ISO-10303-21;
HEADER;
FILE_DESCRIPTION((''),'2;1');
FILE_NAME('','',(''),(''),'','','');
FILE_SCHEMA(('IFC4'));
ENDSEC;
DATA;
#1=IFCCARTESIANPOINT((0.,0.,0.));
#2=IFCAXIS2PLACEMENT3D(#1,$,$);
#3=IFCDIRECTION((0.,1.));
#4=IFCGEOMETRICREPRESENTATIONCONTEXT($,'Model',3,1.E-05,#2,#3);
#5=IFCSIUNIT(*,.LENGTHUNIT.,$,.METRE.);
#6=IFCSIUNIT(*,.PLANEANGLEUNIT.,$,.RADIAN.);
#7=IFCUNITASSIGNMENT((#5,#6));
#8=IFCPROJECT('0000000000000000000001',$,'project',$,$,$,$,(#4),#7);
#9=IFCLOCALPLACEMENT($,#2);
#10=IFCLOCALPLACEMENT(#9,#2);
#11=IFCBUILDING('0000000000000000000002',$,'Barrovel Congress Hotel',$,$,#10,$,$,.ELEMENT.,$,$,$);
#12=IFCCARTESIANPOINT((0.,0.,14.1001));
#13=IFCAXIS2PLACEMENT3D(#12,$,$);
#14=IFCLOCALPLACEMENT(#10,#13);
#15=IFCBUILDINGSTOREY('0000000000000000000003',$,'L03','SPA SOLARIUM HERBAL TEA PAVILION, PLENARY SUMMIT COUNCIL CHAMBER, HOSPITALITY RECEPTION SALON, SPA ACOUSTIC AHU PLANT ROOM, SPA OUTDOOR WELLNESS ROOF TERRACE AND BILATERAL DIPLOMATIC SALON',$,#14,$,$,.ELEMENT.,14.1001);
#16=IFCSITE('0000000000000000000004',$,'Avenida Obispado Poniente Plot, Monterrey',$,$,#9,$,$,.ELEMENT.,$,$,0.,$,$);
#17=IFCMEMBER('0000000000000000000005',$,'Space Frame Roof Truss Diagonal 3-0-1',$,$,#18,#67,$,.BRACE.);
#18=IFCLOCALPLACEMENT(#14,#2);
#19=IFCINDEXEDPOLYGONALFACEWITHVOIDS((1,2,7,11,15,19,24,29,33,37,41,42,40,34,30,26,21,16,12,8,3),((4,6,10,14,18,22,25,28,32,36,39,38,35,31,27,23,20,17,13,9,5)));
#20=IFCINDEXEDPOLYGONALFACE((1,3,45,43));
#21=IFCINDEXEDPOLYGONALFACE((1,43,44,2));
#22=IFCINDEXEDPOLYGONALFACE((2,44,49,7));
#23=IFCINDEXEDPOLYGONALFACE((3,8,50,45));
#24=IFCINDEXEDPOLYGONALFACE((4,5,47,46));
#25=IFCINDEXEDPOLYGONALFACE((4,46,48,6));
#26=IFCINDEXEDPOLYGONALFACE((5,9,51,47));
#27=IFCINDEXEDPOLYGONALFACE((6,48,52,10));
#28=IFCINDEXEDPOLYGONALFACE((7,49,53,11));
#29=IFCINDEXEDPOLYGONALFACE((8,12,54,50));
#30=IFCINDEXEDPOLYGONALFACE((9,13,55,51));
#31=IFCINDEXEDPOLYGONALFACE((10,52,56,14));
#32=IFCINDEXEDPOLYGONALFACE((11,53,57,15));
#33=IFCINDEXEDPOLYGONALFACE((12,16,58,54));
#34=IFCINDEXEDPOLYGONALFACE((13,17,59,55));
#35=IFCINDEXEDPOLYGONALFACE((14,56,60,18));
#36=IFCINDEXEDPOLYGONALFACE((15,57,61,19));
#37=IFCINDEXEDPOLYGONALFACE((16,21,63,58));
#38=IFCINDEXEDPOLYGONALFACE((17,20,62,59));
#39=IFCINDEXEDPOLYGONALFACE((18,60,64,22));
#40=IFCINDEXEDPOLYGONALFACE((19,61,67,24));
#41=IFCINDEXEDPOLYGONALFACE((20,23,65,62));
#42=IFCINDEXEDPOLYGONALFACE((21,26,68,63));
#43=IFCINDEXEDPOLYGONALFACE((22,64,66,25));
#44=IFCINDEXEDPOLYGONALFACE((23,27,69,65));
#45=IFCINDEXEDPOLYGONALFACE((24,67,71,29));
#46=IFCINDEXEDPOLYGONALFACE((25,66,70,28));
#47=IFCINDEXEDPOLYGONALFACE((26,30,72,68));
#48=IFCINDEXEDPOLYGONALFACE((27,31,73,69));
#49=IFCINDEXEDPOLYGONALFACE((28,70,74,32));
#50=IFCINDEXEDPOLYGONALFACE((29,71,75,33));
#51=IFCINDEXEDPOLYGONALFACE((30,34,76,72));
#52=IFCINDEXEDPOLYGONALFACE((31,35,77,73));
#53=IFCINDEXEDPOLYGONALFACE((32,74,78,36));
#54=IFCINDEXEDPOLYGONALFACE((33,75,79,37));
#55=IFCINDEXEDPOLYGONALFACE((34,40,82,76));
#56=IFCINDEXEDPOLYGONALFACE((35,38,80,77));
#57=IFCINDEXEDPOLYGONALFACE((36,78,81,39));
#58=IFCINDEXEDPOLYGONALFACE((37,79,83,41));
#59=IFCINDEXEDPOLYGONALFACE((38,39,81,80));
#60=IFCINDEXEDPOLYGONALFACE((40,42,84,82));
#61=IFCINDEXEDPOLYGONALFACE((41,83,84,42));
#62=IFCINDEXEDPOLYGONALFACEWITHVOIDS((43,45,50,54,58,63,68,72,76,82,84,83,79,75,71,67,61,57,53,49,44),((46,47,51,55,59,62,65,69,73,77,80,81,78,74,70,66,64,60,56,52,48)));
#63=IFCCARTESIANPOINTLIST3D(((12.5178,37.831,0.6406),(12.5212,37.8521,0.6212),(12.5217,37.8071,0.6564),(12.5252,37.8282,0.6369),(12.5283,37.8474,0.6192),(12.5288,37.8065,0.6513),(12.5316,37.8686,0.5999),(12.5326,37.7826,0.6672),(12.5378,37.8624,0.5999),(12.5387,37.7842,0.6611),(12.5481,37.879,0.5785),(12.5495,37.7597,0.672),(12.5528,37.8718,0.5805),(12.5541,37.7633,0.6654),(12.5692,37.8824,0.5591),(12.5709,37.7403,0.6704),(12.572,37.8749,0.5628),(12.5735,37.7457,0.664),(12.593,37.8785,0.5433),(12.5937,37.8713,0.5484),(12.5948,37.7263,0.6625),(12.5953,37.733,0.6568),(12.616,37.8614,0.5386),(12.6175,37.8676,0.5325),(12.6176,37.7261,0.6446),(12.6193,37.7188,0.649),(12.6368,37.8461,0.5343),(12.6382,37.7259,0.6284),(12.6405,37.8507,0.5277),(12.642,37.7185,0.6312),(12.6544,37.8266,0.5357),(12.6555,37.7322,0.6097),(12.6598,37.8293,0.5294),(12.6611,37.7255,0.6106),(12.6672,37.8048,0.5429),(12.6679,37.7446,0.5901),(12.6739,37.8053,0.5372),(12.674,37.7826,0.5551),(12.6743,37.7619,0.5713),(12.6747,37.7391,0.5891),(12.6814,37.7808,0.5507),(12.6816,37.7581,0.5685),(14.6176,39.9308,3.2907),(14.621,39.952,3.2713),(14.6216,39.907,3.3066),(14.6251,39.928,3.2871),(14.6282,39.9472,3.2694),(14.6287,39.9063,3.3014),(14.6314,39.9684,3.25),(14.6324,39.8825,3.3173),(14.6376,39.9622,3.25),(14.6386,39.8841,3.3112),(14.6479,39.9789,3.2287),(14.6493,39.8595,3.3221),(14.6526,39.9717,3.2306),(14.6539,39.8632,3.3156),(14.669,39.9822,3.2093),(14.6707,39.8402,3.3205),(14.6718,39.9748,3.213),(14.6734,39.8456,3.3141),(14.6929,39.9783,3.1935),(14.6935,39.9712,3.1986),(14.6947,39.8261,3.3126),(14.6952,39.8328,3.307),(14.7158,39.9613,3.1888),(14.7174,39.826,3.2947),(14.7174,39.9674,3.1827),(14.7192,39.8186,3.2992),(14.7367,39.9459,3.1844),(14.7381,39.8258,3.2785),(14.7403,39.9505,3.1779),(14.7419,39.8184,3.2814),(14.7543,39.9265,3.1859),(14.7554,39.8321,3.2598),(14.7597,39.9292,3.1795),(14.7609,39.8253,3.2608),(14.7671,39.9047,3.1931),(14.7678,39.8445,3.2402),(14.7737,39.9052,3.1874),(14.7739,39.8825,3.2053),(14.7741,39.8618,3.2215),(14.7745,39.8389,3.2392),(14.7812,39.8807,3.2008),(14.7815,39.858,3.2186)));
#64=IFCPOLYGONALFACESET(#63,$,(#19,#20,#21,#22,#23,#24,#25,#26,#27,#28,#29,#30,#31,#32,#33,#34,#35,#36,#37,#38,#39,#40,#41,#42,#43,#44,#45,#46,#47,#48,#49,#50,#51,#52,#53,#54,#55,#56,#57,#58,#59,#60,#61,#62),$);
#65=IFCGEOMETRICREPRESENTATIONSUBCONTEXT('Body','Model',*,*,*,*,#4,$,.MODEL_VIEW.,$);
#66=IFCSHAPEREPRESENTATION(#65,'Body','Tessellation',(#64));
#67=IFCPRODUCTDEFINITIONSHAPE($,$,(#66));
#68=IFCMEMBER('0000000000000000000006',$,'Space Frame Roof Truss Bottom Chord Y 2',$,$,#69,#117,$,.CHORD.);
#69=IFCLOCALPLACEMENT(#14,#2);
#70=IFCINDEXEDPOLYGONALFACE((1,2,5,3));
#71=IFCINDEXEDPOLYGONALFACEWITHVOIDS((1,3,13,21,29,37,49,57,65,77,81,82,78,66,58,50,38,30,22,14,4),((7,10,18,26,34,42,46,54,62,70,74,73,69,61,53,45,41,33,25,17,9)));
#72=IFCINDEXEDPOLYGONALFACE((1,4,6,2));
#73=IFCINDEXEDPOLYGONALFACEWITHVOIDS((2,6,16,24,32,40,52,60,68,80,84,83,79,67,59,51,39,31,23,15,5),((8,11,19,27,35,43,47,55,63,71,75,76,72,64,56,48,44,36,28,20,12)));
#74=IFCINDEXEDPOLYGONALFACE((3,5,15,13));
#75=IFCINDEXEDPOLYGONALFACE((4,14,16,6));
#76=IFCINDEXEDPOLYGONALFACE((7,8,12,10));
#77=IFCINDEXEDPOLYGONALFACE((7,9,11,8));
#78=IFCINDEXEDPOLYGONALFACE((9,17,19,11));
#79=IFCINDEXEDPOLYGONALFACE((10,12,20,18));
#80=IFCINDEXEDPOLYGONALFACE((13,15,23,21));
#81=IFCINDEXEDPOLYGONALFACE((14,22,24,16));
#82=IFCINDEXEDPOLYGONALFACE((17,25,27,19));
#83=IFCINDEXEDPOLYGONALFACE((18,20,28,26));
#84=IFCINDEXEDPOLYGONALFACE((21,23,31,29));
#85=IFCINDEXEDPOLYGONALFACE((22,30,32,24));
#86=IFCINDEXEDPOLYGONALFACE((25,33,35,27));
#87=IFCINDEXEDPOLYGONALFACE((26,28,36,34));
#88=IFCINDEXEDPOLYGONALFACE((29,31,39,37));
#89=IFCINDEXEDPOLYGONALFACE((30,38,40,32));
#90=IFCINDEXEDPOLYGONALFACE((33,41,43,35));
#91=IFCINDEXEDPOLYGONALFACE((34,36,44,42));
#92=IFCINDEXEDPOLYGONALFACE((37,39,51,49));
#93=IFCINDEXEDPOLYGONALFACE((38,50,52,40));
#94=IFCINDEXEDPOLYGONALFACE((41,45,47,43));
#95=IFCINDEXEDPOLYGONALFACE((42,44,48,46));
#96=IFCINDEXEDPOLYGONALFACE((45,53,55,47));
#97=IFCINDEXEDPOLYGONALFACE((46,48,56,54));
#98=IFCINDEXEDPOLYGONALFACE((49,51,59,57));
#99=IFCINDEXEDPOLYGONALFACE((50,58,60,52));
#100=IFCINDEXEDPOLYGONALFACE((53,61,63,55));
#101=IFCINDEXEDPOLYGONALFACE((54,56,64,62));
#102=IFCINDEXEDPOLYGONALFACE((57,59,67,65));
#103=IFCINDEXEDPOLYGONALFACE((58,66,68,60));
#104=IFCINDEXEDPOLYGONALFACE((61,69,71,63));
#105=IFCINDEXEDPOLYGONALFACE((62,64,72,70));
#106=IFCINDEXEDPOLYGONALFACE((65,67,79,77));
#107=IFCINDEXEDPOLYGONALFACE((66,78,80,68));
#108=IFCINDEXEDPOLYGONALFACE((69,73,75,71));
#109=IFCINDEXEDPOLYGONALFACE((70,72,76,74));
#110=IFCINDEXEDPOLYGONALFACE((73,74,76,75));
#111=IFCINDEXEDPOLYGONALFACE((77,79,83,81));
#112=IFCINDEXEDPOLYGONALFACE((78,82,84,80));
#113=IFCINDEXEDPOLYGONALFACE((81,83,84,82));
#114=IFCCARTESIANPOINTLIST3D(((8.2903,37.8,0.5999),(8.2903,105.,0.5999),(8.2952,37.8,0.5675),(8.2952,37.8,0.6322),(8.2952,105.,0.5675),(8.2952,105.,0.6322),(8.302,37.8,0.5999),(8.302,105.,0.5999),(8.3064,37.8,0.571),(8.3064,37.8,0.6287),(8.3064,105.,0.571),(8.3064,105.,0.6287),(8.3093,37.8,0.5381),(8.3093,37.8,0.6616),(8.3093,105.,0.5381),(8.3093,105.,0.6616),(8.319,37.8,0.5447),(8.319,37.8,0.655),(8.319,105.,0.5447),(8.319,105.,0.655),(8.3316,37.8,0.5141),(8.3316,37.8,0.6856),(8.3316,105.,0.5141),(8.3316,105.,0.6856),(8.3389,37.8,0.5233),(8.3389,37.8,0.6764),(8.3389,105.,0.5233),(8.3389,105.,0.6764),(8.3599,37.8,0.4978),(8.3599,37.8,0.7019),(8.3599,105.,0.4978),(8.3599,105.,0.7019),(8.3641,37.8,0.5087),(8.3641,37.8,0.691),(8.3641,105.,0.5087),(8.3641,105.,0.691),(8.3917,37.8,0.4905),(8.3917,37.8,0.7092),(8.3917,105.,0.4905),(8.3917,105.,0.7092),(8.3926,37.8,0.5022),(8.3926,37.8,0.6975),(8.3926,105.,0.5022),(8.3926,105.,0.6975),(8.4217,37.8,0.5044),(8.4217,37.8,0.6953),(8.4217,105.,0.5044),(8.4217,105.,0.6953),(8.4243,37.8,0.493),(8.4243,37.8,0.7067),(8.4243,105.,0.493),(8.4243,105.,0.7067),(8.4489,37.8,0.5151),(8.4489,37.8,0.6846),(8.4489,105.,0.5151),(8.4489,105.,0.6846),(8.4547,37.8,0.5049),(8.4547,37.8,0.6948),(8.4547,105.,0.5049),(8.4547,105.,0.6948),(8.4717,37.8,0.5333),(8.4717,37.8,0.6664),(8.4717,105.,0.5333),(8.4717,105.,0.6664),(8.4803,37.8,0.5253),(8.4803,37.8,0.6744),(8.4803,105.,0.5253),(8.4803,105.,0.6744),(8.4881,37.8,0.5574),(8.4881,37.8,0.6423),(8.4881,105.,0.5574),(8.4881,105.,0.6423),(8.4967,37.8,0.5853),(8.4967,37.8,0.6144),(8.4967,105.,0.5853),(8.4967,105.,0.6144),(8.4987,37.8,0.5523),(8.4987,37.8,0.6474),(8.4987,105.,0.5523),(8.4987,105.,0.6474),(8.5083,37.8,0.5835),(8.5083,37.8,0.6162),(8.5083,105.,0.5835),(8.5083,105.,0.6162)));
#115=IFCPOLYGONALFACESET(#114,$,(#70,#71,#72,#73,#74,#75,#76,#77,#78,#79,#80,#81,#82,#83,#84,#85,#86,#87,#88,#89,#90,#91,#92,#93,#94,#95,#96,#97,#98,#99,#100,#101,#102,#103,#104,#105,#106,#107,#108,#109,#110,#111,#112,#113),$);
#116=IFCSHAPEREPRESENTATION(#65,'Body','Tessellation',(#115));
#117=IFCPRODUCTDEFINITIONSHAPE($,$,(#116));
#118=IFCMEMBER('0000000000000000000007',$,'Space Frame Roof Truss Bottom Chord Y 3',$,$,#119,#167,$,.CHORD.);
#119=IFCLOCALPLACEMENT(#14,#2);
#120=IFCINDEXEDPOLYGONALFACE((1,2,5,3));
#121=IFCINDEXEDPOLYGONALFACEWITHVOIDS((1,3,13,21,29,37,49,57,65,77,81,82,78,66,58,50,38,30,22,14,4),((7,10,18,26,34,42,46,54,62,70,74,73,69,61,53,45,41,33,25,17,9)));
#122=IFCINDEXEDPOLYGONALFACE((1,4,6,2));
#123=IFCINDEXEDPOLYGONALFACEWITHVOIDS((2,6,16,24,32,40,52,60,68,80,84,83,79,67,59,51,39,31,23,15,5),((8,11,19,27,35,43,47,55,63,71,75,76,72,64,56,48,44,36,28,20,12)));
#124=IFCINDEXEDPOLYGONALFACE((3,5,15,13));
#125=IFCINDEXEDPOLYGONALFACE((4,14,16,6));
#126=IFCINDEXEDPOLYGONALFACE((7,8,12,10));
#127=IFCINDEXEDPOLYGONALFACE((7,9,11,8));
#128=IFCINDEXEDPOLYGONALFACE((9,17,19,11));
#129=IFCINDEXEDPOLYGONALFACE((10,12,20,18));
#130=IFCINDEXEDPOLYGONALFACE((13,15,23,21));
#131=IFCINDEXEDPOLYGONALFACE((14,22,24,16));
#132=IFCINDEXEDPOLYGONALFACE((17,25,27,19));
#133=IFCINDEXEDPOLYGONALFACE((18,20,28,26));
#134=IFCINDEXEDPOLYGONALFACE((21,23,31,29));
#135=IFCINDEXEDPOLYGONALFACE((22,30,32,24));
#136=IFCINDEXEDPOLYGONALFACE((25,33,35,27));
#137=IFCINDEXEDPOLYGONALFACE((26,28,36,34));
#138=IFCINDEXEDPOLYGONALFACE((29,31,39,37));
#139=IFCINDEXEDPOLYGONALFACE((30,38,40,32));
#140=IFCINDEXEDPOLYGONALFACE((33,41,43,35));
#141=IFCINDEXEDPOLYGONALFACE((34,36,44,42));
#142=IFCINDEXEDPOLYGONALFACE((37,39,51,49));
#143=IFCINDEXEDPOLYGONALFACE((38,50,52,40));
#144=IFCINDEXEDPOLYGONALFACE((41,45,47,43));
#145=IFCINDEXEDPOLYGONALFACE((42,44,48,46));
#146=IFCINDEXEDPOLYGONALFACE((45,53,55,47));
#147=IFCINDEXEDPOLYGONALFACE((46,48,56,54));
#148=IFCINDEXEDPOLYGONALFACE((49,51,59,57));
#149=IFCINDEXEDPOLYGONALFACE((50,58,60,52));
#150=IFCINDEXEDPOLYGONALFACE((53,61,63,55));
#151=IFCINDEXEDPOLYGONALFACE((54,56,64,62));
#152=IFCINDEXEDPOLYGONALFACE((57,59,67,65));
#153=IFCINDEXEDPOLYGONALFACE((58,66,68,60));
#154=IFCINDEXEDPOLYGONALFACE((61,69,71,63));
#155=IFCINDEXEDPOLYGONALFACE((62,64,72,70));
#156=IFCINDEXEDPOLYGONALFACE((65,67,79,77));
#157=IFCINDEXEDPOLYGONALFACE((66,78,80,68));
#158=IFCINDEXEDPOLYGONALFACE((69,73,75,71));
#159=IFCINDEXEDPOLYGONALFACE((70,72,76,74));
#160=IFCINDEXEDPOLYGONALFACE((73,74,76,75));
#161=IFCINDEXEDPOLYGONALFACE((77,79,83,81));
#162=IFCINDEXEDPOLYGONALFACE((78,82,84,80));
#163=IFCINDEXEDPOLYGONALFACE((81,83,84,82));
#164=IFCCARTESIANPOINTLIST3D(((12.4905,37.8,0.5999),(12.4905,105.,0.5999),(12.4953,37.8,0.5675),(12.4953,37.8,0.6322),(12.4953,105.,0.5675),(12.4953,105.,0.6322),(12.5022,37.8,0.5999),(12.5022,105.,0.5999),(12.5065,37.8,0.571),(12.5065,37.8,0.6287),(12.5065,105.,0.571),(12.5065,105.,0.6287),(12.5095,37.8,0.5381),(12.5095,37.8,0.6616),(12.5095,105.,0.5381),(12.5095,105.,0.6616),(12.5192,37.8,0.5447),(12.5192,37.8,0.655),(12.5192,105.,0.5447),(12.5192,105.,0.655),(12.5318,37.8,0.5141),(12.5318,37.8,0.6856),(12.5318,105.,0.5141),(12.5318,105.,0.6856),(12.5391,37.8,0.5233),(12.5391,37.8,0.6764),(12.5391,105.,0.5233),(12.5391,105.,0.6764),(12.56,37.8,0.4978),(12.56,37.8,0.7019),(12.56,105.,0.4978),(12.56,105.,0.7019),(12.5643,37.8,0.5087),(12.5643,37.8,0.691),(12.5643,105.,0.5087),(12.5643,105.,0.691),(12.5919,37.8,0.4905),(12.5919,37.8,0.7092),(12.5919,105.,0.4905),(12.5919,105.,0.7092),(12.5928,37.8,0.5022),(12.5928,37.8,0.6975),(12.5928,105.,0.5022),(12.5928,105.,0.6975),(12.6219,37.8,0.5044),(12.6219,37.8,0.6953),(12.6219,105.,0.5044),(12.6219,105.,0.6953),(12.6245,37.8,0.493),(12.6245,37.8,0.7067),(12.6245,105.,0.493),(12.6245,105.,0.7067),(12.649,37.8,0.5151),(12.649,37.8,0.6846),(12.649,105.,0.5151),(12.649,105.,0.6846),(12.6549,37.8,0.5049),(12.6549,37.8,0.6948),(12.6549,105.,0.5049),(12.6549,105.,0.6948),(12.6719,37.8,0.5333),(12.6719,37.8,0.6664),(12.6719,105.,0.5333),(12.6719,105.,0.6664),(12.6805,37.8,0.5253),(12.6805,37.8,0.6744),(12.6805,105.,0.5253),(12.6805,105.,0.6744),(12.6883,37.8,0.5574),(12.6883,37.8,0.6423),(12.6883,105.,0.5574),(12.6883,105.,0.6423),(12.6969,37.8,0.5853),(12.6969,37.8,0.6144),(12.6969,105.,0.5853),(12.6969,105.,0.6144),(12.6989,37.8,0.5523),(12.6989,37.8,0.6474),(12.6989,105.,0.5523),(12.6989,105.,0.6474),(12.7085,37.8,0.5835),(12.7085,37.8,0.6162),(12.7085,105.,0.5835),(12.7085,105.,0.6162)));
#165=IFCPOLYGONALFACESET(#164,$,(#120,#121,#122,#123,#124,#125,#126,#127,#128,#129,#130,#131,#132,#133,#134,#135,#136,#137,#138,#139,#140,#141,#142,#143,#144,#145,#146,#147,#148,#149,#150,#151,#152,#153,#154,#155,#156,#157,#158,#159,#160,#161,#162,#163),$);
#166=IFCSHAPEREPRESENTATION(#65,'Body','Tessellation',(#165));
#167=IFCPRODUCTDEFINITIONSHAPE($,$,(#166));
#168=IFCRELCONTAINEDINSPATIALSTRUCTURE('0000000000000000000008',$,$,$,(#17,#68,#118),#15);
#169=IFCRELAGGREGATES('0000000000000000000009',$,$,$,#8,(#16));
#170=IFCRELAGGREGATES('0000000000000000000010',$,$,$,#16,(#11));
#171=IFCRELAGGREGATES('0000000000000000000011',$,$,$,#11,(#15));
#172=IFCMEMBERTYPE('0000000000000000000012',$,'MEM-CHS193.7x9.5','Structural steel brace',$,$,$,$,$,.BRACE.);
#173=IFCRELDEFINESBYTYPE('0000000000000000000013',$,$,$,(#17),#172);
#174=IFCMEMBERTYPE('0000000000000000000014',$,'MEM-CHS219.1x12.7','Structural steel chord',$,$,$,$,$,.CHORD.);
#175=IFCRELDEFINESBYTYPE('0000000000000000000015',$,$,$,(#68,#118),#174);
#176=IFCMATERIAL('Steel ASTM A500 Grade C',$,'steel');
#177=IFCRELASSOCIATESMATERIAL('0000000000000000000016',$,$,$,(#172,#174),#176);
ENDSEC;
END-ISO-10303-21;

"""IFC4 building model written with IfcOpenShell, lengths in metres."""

from ifc_helpers import new_model, si_unit, direction, frame, origin, origin_2d, place, context, subcontext, project, spatial, hollow_circle, extrude, material, material_profile, profile_set, type_object, element, save


model = new_model("IFC4")

# Units and contexts
model_context = context("Model", 3, precision=1e-05, world=origin(), true_north=direction((0.0, 1.0)))
body_context = subcontext(model_context, "Body", "Model", "MODEL_VIEW")
ifc_project = project(units=[si_unit("LENGTHUNIT", "METRE"), si_unit("PLANEANGLEUNIT", "RADIAN")], contexts=[model_context])

# Site, building, storey
site_placement = place(None, origin())
site = spatial("IfcSite", under=ifc_project, at=site_placement, Name="Avenida Obispado Poniente Plot, Monterrey", CompositionType="ELEMENT", RefElevation=0.0)
building_placement = place(site_placement, origin())
building = spatial("IfcBuilding", under=site, at=building_placement, Name="Barrovel Congress Hotel", CompositionType="ELEMENT")
storey_placement = place(building_placement, frame((0.0, 0.0, 14.1001)))
storey = spatial("IfcBuildingStorey", under=building, at=storey_placement, Name="L03", Description="SPA SOLARIUM HERBAL TEA PAVILION, PLENARY SUMMIT COUNCIL CHAMBER, HOSPITALITY RECEPTION SALON, SPA ACOUSTIC AHU PLANT ROOM, SPA OUTDOOR WELLNESS ROOF TERRACE AND BILATERAL DIPLOMATIC SALON", CompositionType="ELEMENT", Elevation=14.1001)

# Members
ifc_material_1 = material(Name="Steel ASTM A500 Grade C", Category="steel")
ifc_material_profile_1 = material_profile(ifc_material_1, hollow_circle(Radius=0.0969, WallThickness=0.0088, at=origin_2d()), Name="CHS193.7x9.5")
ifc_profile_set_1 = profile_set([ifc_material_profile_1], Name="Steel ASTM A500 Grade C")
member_type_1 = type_object("IfcMemberType", Name="MEM-CHS193.7x9.5", Description="Structural steel brace", PredefinedType="BRACE", material=ifc_profile_set_1)
for number, where, z_axis, x_axis, name in (
    (1, (12.6001, 37.8, 0.5999), (0.527574, 0.527574, 0.665831), (-0.707107, 0.707107, 0.0), "Space Frame Roof Truss Diagonal 3-0-1"),
):
    element("IfcMember", number, at=place(storey_placement, frame(where, z_axis=z_axis, x_axis=x_axis)), inside=storey, type_object=member_type_1, Name=name, PredefinedType="BRACE", context=body_context, shape_type="SweptSolid", body=[
        extrude(hollow_circle(Radius=0.0969, WallThickness=0.0088, at=origin_2d()), origin(), (0.0, 0.0, 1.0), 3.9802),
    ])
ifc_material_profile_2 = material_profile(ifc_material_1, hollow_circle(Radius=0.1096, WallThickness=0.0117, at=origin_2d()), Name="CHS219.1x12.7")
ifc_profile_set_2 = profile_set([ifc_material_profile_2], Name="Steel ASTM A500 Grade C")
member_type_2 = type_object("IfcMemberType", Name="MEM-CHS219.1x12.7", Description="Structural steel chord", PredefinedType="CHORD", material=ifc_profile_set_2)
for number, where, z_axis, x_axis, name in (
    (2, (8.3999, 37.8, 0.5999), (0.0, 1.0, 0.0), (-1.0, 0.0, 0.0), "Space Frame Roof Truss Bottom Chord Y 2"),
    (3, (12.6001, 37.8, 0.5999), (0.0, 1.0, 0.0), (-1.0, 0.0, 0.0), "Space Frame Roof Truss Bottom Chord Y 3"),
):
    element("IfcMember", number, at=place(storey_placement, frame(where, z_axis=z_axis, x_axis=x_axis)), inside=storey, type_object=member_type_2, Name=name, PredefinedType="CHORD", context=body_context, shape_type="SweptSolid", body=[
        extrude(hollow_circle(Radius=0.1096, WallThickness=0.0117, at=origin_2d()), origin(), (0.0, 0.0, 1.0), 67.2),
    ])

save(model, "model.ifc")
